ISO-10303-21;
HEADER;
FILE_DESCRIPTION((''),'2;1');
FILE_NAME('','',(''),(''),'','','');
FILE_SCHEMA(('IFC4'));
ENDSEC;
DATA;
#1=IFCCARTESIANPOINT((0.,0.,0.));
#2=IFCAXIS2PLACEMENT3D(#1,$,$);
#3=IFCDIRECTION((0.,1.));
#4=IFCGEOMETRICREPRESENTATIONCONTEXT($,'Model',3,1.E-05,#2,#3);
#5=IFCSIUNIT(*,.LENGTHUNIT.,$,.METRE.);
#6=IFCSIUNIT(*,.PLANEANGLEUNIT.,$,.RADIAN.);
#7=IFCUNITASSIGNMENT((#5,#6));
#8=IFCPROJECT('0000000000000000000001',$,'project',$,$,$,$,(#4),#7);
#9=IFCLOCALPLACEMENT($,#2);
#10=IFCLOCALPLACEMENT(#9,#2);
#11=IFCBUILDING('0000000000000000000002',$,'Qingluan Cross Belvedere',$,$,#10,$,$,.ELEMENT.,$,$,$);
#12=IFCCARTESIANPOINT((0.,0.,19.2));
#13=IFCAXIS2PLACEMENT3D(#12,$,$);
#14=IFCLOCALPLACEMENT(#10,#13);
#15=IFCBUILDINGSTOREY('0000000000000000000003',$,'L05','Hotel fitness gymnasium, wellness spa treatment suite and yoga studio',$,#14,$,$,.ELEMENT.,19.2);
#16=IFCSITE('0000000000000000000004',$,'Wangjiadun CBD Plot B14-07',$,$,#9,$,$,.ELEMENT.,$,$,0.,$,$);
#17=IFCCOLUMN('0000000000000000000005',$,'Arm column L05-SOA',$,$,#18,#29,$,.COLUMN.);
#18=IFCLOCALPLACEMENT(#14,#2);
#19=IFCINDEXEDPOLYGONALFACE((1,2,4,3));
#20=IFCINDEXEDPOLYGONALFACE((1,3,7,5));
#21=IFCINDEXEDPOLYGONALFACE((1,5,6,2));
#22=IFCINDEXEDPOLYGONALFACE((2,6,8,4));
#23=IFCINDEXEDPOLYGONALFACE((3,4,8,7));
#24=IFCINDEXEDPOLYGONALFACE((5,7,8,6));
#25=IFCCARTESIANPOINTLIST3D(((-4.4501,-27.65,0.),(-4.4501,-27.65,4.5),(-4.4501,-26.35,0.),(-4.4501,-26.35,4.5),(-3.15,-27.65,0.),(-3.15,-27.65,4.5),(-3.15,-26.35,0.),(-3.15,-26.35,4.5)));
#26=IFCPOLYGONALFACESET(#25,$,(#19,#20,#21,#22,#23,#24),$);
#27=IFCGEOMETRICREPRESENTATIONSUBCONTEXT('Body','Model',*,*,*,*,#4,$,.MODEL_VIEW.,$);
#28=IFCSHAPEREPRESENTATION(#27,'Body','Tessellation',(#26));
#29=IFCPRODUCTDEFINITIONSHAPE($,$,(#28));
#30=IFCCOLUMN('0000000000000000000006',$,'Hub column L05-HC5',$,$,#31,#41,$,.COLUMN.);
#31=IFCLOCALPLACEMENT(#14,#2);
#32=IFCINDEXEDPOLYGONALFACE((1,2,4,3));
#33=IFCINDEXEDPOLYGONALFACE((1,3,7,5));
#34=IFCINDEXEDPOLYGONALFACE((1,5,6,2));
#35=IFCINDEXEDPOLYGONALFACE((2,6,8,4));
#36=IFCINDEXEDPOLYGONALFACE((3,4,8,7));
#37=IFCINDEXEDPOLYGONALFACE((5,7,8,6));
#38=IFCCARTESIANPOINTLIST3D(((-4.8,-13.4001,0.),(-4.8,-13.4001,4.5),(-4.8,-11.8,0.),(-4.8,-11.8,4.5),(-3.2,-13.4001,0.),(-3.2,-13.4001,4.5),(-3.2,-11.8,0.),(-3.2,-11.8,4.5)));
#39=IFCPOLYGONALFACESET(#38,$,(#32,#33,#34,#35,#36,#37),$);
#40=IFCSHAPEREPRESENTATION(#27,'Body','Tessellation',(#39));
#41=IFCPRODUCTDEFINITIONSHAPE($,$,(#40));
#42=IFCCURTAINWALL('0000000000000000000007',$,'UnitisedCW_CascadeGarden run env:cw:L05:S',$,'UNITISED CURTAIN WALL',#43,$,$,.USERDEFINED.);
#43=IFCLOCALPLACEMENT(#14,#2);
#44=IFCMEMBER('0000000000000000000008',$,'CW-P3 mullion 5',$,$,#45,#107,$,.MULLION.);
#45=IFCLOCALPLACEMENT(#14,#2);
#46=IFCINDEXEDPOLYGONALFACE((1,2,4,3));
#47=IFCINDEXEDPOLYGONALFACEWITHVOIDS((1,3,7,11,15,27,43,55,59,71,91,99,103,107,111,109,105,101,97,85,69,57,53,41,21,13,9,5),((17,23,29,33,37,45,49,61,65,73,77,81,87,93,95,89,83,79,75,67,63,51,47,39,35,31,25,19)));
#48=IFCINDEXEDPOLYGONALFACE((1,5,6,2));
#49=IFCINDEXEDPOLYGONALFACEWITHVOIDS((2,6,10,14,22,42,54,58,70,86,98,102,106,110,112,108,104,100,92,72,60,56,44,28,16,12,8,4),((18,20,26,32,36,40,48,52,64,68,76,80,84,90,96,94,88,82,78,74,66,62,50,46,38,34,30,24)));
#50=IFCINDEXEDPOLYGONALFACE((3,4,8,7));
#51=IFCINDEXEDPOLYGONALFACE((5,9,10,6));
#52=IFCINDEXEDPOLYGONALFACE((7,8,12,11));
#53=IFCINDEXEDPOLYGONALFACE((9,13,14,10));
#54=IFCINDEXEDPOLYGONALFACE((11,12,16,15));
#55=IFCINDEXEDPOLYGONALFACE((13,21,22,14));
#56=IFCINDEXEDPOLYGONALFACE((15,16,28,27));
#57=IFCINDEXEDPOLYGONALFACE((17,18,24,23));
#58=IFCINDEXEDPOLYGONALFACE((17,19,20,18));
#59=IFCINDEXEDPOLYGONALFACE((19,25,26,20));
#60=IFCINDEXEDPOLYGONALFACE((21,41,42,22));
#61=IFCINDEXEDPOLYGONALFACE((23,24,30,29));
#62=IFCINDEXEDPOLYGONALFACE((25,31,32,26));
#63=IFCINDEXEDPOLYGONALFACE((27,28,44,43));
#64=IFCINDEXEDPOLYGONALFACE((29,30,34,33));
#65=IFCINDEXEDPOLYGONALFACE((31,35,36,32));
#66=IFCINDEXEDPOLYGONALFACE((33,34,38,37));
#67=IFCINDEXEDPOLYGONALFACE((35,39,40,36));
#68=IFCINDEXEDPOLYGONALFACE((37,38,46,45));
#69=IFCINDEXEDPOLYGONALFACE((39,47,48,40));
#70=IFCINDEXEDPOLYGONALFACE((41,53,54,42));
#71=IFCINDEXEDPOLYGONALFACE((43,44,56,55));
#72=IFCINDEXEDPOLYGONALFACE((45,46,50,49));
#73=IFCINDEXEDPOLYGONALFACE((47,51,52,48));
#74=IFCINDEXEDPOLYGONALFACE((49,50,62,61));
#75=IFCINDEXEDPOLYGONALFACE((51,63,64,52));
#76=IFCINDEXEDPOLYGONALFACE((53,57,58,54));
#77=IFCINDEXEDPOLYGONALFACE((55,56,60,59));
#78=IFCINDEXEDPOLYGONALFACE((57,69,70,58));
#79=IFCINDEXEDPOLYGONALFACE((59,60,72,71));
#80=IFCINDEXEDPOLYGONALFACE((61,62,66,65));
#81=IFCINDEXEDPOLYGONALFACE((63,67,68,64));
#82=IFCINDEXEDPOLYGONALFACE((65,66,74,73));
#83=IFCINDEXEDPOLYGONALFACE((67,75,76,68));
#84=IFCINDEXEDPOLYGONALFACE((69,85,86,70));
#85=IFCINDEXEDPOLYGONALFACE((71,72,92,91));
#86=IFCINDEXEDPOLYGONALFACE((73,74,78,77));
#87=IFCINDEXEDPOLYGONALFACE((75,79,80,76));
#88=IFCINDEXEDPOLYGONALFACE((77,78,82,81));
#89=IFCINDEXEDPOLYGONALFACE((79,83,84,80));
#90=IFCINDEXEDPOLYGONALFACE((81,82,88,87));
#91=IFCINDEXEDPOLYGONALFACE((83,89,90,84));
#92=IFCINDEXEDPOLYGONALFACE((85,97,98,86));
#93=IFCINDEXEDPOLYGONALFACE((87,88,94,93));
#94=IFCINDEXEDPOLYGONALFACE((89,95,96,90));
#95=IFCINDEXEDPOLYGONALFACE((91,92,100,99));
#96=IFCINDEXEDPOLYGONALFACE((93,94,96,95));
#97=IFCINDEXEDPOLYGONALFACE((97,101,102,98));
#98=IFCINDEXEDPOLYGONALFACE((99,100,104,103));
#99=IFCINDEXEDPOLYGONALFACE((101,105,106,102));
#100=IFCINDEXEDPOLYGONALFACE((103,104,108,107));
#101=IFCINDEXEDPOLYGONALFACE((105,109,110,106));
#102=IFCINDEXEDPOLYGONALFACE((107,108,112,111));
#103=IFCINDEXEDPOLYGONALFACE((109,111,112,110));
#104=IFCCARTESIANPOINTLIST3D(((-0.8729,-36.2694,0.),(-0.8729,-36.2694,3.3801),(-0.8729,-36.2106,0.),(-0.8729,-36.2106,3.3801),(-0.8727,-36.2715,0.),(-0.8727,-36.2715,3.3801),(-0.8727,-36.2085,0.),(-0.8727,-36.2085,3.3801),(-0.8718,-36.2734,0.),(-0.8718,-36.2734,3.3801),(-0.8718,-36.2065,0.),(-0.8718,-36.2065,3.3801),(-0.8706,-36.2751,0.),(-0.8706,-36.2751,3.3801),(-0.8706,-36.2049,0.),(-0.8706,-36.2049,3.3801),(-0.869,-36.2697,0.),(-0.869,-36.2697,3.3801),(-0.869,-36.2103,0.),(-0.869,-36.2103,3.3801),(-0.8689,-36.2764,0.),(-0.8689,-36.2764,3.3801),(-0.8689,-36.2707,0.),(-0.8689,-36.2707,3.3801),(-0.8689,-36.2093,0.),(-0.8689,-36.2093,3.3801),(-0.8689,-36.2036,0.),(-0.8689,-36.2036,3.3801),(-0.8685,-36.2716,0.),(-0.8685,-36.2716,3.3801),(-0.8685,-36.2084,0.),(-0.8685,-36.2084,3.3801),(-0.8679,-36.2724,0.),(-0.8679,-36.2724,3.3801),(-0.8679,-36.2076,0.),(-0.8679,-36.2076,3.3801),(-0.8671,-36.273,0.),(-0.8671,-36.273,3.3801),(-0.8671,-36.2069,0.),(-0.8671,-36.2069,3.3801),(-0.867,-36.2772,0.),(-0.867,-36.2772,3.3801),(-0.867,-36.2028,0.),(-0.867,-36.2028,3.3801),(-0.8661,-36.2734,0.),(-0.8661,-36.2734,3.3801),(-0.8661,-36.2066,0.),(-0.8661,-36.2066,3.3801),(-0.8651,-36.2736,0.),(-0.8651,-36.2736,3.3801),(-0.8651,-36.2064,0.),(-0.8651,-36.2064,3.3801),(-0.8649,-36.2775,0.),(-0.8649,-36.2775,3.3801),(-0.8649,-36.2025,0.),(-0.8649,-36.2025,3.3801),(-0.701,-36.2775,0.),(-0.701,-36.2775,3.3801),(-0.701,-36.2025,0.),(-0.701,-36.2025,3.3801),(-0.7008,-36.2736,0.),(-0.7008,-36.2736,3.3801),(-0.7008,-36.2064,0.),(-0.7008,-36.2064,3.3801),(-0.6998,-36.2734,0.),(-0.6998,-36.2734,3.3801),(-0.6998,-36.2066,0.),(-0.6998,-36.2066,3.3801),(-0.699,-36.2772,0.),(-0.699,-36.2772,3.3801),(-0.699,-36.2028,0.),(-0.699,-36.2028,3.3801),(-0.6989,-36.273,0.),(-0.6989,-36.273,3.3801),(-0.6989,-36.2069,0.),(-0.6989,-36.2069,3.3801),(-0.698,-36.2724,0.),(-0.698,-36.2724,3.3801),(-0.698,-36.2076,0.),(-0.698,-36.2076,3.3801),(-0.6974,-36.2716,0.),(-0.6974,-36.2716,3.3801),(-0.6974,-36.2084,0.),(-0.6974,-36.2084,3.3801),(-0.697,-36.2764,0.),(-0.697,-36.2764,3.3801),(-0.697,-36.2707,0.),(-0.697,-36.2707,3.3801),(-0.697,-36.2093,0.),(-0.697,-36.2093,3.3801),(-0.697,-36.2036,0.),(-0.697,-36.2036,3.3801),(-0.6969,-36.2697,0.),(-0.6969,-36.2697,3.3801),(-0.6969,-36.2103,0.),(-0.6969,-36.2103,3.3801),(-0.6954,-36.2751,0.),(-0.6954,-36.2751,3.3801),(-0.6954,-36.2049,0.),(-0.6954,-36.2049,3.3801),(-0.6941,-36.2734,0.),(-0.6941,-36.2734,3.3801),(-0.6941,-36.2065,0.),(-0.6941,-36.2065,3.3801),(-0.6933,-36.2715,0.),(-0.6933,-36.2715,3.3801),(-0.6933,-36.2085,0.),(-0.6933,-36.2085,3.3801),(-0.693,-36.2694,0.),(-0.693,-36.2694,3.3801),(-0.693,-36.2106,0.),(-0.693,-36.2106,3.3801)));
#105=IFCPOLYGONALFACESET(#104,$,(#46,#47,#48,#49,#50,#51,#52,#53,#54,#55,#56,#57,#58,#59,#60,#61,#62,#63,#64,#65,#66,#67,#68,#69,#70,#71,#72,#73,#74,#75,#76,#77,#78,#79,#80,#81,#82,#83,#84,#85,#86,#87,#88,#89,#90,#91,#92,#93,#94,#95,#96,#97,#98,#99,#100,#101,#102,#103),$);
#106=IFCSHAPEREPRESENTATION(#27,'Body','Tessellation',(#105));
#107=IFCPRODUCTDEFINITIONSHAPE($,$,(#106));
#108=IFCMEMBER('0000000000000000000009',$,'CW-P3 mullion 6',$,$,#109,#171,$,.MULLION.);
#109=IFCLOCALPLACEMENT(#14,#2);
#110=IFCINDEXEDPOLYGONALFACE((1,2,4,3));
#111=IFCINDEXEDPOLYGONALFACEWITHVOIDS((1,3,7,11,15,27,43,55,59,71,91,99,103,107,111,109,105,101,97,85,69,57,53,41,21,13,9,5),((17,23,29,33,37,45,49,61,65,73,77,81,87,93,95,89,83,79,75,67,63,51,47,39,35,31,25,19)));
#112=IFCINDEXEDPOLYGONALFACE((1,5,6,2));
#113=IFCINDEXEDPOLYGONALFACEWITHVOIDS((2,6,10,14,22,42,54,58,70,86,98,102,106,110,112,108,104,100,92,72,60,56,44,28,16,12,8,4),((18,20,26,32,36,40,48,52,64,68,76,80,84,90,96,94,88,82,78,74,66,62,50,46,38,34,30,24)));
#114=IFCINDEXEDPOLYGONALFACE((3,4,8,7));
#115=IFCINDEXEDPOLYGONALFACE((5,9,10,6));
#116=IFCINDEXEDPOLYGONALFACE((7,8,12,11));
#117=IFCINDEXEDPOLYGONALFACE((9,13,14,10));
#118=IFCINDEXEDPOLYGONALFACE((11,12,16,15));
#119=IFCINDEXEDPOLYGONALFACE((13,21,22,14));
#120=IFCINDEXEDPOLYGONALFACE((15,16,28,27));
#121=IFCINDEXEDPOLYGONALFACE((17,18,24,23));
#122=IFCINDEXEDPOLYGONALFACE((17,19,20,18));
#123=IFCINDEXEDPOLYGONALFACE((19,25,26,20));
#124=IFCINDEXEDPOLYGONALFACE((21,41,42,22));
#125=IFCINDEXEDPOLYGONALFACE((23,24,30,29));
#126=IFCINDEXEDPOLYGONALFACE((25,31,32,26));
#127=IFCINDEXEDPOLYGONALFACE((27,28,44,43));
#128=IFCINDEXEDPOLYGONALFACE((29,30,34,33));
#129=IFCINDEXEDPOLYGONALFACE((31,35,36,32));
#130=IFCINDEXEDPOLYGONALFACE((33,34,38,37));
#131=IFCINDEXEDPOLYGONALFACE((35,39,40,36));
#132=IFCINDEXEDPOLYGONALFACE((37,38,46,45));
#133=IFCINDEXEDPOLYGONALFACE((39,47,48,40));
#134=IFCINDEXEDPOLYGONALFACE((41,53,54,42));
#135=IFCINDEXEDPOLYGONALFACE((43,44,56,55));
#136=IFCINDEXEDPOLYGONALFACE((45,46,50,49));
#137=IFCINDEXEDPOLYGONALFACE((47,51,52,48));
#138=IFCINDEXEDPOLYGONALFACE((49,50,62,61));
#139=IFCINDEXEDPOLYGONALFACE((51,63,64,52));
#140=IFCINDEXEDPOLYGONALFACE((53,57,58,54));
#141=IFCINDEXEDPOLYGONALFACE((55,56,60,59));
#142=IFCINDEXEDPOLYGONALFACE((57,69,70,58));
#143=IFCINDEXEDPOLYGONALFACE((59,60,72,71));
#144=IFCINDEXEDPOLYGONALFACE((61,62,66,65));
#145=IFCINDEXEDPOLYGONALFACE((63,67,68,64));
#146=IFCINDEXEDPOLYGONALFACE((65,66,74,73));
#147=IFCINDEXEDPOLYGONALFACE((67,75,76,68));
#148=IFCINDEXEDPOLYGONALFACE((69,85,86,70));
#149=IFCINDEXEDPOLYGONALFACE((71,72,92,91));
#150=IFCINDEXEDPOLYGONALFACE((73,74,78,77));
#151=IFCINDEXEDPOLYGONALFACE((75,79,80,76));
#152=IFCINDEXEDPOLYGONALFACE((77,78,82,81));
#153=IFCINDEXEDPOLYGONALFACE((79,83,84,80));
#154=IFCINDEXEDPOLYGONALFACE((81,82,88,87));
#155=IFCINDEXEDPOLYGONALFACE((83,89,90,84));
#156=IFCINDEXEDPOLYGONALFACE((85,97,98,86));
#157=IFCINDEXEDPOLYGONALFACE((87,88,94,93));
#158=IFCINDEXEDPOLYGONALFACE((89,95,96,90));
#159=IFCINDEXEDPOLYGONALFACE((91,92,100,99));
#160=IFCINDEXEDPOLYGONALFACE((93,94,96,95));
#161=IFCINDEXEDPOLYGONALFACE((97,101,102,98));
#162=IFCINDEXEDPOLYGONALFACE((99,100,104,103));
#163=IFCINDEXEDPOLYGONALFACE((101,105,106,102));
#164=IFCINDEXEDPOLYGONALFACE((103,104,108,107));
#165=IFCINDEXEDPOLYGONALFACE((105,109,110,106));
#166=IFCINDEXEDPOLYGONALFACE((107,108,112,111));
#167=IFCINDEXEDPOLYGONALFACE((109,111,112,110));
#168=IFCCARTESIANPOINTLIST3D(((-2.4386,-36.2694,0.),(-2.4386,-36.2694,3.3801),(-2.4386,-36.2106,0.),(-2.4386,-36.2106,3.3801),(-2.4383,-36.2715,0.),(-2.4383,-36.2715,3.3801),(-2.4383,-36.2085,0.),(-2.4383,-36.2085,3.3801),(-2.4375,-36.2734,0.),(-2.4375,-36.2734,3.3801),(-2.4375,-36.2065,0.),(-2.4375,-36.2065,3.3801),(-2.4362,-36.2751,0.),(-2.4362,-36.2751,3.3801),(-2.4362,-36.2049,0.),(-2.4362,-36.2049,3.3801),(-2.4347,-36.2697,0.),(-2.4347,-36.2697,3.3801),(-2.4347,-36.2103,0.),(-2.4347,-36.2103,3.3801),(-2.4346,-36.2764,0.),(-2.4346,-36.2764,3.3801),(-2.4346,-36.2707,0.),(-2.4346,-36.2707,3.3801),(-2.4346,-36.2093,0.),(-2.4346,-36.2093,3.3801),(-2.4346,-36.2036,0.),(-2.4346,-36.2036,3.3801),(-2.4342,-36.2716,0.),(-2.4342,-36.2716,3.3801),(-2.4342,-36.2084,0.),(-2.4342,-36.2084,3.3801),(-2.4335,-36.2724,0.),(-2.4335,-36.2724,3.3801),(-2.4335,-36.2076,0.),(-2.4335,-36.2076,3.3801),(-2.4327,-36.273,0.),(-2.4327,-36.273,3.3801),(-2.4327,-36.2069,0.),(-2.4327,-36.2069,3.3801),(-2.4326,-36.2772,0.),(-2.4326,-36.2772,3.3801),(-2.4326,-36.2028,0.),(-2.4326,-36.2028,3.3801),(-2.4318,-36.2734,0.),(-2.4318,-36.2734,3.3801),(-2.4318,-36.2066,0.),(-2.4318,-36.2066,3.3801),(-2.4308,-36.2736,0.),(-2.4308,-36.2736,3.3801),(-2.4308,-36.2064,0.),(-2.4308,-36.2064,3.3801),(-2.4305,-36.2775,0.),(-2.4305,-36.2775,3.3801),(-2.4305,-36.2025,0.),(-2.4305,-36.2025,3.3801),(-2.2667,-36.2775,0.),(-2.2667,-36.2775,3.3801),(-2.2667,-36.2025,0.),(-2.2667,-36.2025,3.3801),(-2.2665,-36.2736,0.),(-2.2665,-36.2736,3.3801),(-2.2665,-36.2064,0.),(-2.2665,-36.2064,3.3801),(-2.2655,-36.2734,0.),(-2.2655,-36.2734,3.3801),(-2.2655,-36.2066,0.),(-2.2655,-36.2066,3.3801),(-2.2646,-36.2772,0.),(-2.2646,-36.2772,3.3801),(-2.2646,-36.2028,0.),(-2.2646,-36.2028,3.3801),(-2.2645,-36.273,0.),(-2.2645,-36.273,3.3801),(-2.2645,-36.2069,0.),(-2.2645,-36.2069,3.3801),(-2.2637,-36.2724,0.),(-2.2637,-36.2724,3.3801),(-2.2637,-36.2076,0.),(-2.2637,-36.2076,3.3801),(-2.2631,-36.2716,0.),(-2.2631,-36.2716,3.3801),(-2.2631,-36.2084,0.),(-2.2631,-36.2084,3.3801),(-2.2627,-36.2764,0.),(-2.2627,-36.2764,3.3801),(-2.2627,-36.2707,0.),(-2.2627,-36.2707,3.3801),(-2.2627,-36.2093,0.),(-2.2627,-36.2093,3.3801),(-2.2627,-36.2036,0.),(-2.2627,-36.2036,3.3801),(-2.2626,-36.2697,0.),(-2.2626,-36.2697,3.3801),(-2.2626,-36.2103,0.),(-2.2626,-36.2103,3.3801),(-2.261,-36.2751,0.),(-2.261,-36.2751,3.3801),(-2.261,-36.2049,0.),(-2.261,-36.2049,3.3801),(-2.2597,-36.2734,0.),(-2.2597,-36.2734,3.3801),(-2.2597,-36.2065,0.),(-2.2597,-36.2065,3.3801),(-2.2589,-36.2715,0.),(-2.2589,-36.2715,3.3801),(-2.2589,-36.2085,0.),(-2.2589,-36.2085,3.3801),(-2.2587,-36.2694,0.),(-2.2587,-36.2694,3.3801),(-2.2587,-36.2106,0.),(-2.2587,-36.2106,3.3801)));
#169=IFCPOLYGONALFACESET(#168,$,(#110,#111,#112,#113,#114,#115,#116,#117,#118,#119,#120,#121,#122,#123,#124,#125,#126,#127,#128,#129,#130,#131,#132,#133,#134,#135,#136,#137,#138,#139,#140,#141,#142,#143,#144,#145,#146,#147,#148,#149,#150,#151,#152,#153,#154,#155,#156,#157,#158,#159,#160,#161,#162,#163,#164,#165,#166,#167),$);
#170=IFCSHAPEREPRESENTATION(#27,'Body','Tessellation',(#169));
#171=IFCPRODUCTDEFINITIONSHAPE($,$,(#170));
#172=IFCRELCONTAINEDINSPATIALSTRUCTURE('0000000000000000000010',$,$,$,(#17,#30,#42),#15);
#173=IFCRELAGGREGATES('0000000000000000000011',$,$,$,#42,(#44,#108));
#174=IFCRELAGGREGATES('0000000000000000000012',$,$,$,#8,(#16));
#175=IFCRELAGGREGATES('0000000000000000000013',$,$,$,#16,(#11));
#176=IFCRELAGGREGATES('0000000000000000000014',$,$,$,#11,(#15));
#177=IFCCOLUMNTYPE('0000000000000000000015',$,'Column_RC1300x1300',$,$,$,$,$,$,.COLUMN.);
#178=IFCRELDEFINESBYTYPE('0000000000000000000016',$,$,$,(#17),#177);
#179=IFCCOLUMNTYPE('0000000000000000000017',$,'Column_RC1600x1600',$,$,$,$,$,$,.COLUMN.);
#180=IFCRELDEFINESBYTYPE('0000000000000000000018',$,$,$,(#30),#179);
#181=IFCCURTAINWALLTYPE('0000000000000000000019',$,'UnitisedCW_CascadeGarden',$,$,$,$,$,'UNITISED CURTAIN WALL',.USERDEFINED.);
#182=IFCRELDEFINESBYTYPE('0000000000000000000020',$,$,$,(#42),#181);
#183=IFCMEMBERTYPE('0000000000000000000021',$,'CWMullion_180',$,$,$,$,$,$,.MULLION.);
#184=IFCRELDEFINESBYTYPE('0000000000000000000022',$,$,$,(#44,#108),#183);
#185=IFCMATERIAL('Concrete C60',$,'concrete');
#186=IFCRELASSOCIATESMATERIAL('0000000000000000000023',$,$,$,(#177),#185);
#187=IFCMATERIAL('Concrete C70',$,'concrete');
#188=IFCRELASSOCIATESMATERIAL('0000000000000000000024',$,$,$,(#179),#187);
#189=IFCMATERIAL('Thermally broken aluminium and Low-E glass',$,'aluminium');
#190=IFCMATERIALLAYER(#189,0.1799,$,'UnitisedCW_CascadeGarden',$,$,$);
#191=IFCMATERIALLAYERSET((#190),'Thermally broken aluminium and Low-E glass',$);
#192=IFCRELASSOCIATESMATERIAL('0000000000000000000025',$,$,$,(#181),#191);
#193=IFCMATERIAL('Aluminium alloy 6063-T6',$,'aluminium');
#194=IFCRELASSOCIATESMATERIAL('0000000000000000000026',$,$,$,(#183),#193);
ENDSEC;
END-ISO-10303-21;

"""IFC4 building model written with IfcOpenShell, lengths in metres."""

from ifc_helpers import new_model, si_unit, direction, frame, origin, origin_2d, place, context, subcontext, project, spatial, rectangle, hollow_rectangle, extrude, material, layer, layer_set, material_profile, profile_set, type_object, element, aggregate, save


model = new_model("IFC4")

# Units and contexts
model_context = context("Model", 3, precision=1e-05, world=origin(), true_north=direction((0.0, 1.0)))
body_context = subcontext(model_context, "Body", "Model", "MODEL_VIEW")
ifc_project = project(units=[si_unit("LENGTHUNIT", "METRE"), si_unit("PLANEANGLEUNIT", "RADIAN")], contexts=[model_context])

# Site, building, storey
site_placement = place(None, origin())
site = spatial("IfcSite", under=ifc_project, at=site_placement, Name="Wangjiadun CBD Plot B14-07", CompositionType="ELEMENT", RefElevation=0.0)
building_placement = place(site_placement, origin())
building = spatial("IfcBuilding", under=site, at=building_placement, Name="Qingluan Cross Belvedere", CompositionType="ELEMENT")
storey_placement = place(building_placement, frame((0.0, 0.0, 19.2)))
storey = spatial("IfcBuildingStorey", under=building, at=storey_placement, Name="L05", Description="Hotel fitness gymnasium, wellness spa treatment suite and yoga studio", CompositionType="ELEMENT", Elevation=19.2)

# Columns
ifc_material_1 = material(Name="Concrete C60", Category="concrete")
ifc_material_profile_1 = material_profile(ifc_material_1, rectangle(XDim=1.3, YDim=1.3, at=origin_2d()), Name="RC1300x1300")
ifc_profile_set_1 = profile_set([ifc_material_profile_1], Name="Concrete C60")
column_type_1 = type_object("IfcColumnType", Name="Column_RC1300x1300", PredefinedType="COLUMN", material=ifc_profile_set_1)
column_1_placement = place(storey_placement, frame((-3.8, -27.0, 0.0), z_axis=(0.0, 0.0, 1.0), x_axis=(1.0, 0.0, 0.0)))
element("IfcColumn", 1, at=column_1_placement, inside=storey, type_object=column_type_1, Name="Arm column L05-SOA", PredefinedType="COLUMN", context=body_context, shape_type="SweptSolid", body=[
    extrude(rectangle(XDim=1.3, YDim=1.3, at=origin_2d()), origin(), (0.0, 0.0, 1.0), 4.5),
])
ifc_material_2 = material(Name="Concrete C70", Category="concrete")
ifc_material_profile_2 = material_profile(ifc_material_2, rectangle(XDim=1.6001, YDim=1.6001, at=origin_2d()), Name="RC1600x1600")
ifc_profile_set_2 = profile_set([ifc_material_profile_2], Name="Concrete C70")
column_type_2 = type_object("IfcColumnType", Name="Column_RC1600x1600", PredefinedType="COLUMN", material=ifc_profile_set_2)
column_2_placement = place(storey_placement, frame((-4.0, -12.6001, 0.0), z_axis=(0.0, 0.0, 1.0), x_axis=(1.0, 0.0, 0.0)))
element("IfcColumn", 2, at=column_2_placement, inside=storey, type_object=column_type_2, Name="Hub column L05-HC5", PredefinedType="COLUMN", context=body_context, shape_type="SweptSolid", body=[
    extrude(rectangle(XDim=1.6001, YDim=1.6001, at=origin_2d()), origin(), (0.0, 0.0, 1.0), 4.5),
])

# Curtain wall, members
ifc_material_3 = material(Name="Thermally broken aluminium and Low-E glass", Category="aluminium")
ifc_layer_1 = layer(ifc_material_3, 0.1799, Name="UnitisedCW_CascadeGarden")
ifc_layer_set_1 = layer_set([ifc_layer_1], Name="Thermally broken aluminium and Low-E glass")
curtain_wall_type = type_object("IfcCurtainWallType", Name="UnitisedCW_CascadeGarden", ElementType="UNITISED CURTAIN WALL", PredefinedType="USERDEFINED", material=ifc_layer_set_1)
curtain_wall_placement = place(storey_placement, origin())
curtain_wall = element("IfcCurtainWall", 3, at=curtain_wall_placement, inside=storey, type_object=curtain_wall_type, Name="UnitisedCW_CascadeGarden run env:cw:L05:S", ObjectType="UNITISED CURTAIN WALL", PredefinedType="USERDEFINED")
ifc_material_4 = material(Name="Aluminium alloy 6063-T6", Category="aluminium")
ifc_material_profile_3 = material_profile(ifc_material_4, hollow_rectangle(XDim=0.075, YDim=0.1799, WallThickness=0.0039, InnerFilletRadius=0.0039, OuterFilletRadius=0.0081, at=origin_2d()), Name="CWM180x75x4")
ifc_profile_set_3 = profile_set([ifc_material_profile_3], Name="Aluminium alloy 6063-T6")
member_type_1 = type_object("IfcMemberType", Name="CWMullion_180", PredefinedType="MULLION", material=ifc_profile_set_3)
member_1_placement = place(storey_placement, frame((-0.783, -36.24, 0.0), z_axis=(0.0, 0.0, 1.0), x_axis=(0.0, -1.0, 0.0)))
member_1 = element("IfcMember", 4, at=member_1_placement, type_object=member_type_1, Name="CW-P3 mullion 5", PredefinedType="MULLION", context=body_context, shape_type="SweptSolid", body=[
    extrude(hollow_rectangle(XDim=0.075, YDim=0.1799, WallThickness=0.0039, InnerFilletRadius=0.0039, OuterFilletRadius=0.0081, at=origin_2d()), origin(), (0.0, 0.0, 1.0), 3.3801),
])
member_2_placement = place(storey_placement, frame((-2.3486, -36.24, 0.0), z_axis=(0.0, 0.0, 1.0), x_axis=(0.0, -1.0, 0.0)))
member_2 = element("IfcMember", 5, at=member_2_placement, type_object=member_type_1, Name="CW-P3 mullion 6", PredefinedType="MULLION", context=body_context, shape_type="SweptSolid", body=[
    extrude(hollow_rectangle(XDim=0.075, YDim=0.1799, WallThickness=0.0039, InnerFilletRadius=0.0039, OuterFilletRadius=0.0081, at=origin_2d()), origin(), (0.0, 0.0, 1.0), 3.3801),
])

aggregate(curtain_wall, [member_1, member_2])

save(model, "model.ifc")
